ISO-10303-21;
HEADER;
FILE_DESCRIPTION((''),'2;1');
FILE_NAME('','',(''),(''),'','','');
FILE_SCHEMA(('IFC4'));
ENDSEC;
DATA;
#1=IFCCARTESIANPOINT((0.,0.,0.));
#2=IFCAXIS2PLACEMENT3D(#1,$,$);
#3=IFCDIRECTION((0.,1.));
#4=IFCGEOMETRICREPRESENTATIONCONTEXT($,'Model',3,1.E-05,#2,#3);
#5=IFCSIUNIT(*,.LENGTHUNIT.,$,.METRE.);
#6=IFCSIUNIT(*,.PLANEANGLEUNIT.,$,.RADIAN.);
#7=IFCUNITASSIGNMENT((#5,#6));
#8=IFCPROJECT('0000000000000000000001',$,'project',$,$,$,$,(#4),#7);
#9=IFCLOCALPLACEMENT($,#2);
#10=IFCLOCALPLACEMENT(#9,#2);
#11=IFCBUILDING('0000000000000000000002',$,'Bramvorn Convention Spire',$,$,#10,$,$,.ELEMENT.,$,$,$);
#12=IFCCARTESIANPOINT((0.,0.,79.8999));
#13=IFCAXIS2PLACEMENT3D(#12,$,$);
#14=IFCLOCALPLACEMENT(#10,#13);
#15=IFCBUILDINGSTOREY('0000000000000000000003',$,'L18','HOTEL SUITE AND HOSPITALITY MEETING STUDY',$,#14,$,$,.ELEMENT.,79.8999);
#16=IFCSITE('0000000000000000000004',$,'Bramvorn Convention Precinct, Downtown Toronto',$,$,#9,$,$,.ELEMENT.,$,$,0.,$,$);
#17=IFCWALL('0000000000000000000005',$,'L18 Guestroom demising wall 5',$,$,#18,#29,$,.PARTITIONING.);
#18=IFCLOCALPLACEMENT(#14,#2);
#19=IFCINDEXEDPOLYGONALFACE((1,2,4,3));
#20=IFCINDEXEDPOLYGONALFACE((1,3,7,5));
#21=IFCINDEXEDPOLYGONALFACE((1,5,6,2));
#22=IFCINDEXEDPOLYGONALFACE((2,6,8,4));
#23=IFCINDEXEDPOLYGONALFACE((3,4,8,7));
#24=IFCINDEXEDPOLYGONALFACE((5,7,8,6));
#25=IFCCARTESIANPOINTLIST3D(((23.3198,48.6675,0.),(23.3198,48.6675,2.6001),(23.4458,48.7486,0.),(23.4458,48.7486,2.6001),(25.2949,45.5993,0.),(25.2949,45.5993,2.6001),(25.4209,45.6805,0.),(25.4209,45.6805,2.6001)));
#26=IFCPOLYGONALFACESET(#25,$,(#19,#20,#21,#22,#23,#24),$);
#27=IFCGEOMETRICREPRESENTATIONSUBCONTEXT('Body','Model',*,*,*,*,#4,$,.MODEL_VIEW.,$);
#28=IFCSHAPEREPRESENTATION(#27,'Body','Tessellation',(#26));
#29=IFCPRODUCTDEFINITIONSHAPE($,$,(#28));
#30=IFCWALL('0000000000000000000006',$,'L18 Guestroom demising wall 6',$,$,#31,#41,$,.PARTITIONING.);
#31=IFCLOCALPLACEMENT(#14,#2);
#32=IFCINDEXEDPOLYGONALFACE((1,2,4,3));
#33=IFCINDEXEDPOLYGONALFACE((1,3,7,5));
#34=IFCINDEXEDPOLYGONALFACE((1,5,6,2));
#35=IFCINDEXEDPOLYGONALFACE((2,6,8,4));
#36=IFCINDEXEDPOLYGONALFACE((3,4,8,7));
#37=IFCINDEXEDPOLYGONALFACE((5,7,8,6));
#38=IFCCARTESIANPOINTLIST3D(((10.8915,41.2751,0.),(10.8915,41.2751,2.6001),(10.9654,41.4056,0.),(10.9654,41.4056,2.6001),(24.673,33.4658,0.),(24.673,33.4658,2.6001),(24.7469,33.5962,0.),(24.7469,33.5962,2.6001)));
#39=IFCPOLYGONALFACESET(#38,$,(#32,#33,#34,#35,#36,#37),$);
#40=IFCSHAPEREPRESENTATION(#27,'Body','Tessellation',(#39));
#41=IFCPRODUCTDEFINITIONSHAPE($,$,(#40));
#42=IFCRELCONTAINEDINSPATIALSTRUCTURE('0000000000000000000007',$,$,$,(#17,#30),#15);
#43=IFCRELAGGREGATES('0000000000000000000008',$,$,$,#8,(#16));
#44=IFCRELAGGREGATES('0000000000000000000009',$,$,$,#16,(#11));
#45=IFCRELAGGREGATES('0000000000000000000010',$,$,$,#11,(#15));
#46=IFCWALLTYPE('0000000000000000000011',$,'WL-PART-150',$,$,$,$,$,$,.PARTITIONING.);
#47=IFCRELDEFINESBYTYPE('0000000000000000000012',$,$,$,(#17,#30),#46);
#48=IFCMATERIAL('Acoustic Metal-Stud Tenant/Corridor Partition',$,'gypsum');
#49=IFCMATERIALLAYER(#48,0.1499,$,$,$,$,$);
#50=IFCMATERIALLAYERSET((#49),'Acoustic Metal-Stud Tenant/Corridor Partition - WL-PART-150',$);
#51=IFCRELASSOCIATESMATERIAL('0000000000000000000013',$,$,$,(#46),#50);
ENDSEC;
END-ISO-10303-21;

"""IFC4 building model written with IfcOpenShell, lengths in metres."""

from ifc_helpers import new_model, si_unit, direction, frame, frame_2d, origin, place, context, subcontext, project, spatial, rectangle, extrude, material, layer, layer_set, type_object, element, save


model = new_model("IFC4")

# Units and contexts
model_context = context("Model", 3, precision=1e-05, world=origin(), true_north=direction((0.0, 1.0)))
body_context = subcontext(model_context, "Body", "Model", "MODEL_VIEW")
ifc_project = project(units=[si_unit("LENGTHUNIT", "METRE"), si_unit("PLANEANGLEUNIT", "RADIAN")], contexts=[model_context])

# Site, building, storey
site_placement = place(None, origin())
site = spatial("IfcSite", under=ifc_project, at=site_placement, Name="Bramvorn Convention Precinct, Downtown Toronto", CompositionType="ELEMENT", RefElevation=0.0)
building_placement = place(site_placement, origin())
building = spatial("IfcBuilding", under=site, at=building_placement, Name="Bramvorn Convention Spire", CompositionType="ELEMENT")
storey_placement = place(building_placement, frame((0.0, 0.0, 79.8999)))
storey = spatial("IfcBuildingStorey", under=building, at=storey_placement, Name="L18", Description="HOTEL SUITE AND HOSPITALITY MEETING STUDY", CompositionType="ELEMENT", Elevation=79.8999)

# Shared definitions
ifc_material_1 = material(Name="Acoustic Metal-Stud Tenant/Corridor Partition", Category="gypsum")
ifc_layer_1 = layer(ifc_material_1, 0.1499)
ifc_layer_set_1 = layer_set([ifc_layer_1], Name="Acoustic Metal-Stud Tenant/Corridor Partition - WL-PART-150")
wall_type_1 = type_object("IfcWallType", Name="WL-PART-150", PredefinedType="PARTITIONING", material=ifc_layer_set_1)

# Walls
wall_1_placement = place(storey_placement, frame((25.3579, 45.6399, 0.0), z_axis=(0.0, 0.0, 1.0), x_axis=(-0.541288, 0.840837, 0.0)))
element("IfcWall", 1, at=wall_1_placement, inside=storey, type_object=wall_type_1, Name="L18 Guestroom demising wall 5", PredefinedType="PARTITIONING", context=body_context, shape_type="SweptSolid", body=[
    extrude(rectangle(XDim=3.6489, YDim=0.1499, at=frame_2d((1.8245, 0.0))), origin(), (0.0, 0.0, 1.0), 2.6001),
])
wall_2_placement = place(storey_placement, frame((24.71, 33.531, 0.0), z_axis=(0.0, 0.0, 1.0), x_axis=(-0.870027, 0.493004, 0.0)))
element("IfcWall", 2, at=wall_2_placement, inside=storey, type_object=wall_type_1, Name="L18 Guestroom demising wall 6", PredefinedType="PARTITIONING", context=body_context, shape_type="SweptSolid", body=[
    extrude(rectangle(XDim=15.8403, YDim=0.1499, at=frame_2d((7.9202, 0.0))), origin(), (0.0, 0.0, 1.0), 2.6001),
])

save(model, "model.ifc")
